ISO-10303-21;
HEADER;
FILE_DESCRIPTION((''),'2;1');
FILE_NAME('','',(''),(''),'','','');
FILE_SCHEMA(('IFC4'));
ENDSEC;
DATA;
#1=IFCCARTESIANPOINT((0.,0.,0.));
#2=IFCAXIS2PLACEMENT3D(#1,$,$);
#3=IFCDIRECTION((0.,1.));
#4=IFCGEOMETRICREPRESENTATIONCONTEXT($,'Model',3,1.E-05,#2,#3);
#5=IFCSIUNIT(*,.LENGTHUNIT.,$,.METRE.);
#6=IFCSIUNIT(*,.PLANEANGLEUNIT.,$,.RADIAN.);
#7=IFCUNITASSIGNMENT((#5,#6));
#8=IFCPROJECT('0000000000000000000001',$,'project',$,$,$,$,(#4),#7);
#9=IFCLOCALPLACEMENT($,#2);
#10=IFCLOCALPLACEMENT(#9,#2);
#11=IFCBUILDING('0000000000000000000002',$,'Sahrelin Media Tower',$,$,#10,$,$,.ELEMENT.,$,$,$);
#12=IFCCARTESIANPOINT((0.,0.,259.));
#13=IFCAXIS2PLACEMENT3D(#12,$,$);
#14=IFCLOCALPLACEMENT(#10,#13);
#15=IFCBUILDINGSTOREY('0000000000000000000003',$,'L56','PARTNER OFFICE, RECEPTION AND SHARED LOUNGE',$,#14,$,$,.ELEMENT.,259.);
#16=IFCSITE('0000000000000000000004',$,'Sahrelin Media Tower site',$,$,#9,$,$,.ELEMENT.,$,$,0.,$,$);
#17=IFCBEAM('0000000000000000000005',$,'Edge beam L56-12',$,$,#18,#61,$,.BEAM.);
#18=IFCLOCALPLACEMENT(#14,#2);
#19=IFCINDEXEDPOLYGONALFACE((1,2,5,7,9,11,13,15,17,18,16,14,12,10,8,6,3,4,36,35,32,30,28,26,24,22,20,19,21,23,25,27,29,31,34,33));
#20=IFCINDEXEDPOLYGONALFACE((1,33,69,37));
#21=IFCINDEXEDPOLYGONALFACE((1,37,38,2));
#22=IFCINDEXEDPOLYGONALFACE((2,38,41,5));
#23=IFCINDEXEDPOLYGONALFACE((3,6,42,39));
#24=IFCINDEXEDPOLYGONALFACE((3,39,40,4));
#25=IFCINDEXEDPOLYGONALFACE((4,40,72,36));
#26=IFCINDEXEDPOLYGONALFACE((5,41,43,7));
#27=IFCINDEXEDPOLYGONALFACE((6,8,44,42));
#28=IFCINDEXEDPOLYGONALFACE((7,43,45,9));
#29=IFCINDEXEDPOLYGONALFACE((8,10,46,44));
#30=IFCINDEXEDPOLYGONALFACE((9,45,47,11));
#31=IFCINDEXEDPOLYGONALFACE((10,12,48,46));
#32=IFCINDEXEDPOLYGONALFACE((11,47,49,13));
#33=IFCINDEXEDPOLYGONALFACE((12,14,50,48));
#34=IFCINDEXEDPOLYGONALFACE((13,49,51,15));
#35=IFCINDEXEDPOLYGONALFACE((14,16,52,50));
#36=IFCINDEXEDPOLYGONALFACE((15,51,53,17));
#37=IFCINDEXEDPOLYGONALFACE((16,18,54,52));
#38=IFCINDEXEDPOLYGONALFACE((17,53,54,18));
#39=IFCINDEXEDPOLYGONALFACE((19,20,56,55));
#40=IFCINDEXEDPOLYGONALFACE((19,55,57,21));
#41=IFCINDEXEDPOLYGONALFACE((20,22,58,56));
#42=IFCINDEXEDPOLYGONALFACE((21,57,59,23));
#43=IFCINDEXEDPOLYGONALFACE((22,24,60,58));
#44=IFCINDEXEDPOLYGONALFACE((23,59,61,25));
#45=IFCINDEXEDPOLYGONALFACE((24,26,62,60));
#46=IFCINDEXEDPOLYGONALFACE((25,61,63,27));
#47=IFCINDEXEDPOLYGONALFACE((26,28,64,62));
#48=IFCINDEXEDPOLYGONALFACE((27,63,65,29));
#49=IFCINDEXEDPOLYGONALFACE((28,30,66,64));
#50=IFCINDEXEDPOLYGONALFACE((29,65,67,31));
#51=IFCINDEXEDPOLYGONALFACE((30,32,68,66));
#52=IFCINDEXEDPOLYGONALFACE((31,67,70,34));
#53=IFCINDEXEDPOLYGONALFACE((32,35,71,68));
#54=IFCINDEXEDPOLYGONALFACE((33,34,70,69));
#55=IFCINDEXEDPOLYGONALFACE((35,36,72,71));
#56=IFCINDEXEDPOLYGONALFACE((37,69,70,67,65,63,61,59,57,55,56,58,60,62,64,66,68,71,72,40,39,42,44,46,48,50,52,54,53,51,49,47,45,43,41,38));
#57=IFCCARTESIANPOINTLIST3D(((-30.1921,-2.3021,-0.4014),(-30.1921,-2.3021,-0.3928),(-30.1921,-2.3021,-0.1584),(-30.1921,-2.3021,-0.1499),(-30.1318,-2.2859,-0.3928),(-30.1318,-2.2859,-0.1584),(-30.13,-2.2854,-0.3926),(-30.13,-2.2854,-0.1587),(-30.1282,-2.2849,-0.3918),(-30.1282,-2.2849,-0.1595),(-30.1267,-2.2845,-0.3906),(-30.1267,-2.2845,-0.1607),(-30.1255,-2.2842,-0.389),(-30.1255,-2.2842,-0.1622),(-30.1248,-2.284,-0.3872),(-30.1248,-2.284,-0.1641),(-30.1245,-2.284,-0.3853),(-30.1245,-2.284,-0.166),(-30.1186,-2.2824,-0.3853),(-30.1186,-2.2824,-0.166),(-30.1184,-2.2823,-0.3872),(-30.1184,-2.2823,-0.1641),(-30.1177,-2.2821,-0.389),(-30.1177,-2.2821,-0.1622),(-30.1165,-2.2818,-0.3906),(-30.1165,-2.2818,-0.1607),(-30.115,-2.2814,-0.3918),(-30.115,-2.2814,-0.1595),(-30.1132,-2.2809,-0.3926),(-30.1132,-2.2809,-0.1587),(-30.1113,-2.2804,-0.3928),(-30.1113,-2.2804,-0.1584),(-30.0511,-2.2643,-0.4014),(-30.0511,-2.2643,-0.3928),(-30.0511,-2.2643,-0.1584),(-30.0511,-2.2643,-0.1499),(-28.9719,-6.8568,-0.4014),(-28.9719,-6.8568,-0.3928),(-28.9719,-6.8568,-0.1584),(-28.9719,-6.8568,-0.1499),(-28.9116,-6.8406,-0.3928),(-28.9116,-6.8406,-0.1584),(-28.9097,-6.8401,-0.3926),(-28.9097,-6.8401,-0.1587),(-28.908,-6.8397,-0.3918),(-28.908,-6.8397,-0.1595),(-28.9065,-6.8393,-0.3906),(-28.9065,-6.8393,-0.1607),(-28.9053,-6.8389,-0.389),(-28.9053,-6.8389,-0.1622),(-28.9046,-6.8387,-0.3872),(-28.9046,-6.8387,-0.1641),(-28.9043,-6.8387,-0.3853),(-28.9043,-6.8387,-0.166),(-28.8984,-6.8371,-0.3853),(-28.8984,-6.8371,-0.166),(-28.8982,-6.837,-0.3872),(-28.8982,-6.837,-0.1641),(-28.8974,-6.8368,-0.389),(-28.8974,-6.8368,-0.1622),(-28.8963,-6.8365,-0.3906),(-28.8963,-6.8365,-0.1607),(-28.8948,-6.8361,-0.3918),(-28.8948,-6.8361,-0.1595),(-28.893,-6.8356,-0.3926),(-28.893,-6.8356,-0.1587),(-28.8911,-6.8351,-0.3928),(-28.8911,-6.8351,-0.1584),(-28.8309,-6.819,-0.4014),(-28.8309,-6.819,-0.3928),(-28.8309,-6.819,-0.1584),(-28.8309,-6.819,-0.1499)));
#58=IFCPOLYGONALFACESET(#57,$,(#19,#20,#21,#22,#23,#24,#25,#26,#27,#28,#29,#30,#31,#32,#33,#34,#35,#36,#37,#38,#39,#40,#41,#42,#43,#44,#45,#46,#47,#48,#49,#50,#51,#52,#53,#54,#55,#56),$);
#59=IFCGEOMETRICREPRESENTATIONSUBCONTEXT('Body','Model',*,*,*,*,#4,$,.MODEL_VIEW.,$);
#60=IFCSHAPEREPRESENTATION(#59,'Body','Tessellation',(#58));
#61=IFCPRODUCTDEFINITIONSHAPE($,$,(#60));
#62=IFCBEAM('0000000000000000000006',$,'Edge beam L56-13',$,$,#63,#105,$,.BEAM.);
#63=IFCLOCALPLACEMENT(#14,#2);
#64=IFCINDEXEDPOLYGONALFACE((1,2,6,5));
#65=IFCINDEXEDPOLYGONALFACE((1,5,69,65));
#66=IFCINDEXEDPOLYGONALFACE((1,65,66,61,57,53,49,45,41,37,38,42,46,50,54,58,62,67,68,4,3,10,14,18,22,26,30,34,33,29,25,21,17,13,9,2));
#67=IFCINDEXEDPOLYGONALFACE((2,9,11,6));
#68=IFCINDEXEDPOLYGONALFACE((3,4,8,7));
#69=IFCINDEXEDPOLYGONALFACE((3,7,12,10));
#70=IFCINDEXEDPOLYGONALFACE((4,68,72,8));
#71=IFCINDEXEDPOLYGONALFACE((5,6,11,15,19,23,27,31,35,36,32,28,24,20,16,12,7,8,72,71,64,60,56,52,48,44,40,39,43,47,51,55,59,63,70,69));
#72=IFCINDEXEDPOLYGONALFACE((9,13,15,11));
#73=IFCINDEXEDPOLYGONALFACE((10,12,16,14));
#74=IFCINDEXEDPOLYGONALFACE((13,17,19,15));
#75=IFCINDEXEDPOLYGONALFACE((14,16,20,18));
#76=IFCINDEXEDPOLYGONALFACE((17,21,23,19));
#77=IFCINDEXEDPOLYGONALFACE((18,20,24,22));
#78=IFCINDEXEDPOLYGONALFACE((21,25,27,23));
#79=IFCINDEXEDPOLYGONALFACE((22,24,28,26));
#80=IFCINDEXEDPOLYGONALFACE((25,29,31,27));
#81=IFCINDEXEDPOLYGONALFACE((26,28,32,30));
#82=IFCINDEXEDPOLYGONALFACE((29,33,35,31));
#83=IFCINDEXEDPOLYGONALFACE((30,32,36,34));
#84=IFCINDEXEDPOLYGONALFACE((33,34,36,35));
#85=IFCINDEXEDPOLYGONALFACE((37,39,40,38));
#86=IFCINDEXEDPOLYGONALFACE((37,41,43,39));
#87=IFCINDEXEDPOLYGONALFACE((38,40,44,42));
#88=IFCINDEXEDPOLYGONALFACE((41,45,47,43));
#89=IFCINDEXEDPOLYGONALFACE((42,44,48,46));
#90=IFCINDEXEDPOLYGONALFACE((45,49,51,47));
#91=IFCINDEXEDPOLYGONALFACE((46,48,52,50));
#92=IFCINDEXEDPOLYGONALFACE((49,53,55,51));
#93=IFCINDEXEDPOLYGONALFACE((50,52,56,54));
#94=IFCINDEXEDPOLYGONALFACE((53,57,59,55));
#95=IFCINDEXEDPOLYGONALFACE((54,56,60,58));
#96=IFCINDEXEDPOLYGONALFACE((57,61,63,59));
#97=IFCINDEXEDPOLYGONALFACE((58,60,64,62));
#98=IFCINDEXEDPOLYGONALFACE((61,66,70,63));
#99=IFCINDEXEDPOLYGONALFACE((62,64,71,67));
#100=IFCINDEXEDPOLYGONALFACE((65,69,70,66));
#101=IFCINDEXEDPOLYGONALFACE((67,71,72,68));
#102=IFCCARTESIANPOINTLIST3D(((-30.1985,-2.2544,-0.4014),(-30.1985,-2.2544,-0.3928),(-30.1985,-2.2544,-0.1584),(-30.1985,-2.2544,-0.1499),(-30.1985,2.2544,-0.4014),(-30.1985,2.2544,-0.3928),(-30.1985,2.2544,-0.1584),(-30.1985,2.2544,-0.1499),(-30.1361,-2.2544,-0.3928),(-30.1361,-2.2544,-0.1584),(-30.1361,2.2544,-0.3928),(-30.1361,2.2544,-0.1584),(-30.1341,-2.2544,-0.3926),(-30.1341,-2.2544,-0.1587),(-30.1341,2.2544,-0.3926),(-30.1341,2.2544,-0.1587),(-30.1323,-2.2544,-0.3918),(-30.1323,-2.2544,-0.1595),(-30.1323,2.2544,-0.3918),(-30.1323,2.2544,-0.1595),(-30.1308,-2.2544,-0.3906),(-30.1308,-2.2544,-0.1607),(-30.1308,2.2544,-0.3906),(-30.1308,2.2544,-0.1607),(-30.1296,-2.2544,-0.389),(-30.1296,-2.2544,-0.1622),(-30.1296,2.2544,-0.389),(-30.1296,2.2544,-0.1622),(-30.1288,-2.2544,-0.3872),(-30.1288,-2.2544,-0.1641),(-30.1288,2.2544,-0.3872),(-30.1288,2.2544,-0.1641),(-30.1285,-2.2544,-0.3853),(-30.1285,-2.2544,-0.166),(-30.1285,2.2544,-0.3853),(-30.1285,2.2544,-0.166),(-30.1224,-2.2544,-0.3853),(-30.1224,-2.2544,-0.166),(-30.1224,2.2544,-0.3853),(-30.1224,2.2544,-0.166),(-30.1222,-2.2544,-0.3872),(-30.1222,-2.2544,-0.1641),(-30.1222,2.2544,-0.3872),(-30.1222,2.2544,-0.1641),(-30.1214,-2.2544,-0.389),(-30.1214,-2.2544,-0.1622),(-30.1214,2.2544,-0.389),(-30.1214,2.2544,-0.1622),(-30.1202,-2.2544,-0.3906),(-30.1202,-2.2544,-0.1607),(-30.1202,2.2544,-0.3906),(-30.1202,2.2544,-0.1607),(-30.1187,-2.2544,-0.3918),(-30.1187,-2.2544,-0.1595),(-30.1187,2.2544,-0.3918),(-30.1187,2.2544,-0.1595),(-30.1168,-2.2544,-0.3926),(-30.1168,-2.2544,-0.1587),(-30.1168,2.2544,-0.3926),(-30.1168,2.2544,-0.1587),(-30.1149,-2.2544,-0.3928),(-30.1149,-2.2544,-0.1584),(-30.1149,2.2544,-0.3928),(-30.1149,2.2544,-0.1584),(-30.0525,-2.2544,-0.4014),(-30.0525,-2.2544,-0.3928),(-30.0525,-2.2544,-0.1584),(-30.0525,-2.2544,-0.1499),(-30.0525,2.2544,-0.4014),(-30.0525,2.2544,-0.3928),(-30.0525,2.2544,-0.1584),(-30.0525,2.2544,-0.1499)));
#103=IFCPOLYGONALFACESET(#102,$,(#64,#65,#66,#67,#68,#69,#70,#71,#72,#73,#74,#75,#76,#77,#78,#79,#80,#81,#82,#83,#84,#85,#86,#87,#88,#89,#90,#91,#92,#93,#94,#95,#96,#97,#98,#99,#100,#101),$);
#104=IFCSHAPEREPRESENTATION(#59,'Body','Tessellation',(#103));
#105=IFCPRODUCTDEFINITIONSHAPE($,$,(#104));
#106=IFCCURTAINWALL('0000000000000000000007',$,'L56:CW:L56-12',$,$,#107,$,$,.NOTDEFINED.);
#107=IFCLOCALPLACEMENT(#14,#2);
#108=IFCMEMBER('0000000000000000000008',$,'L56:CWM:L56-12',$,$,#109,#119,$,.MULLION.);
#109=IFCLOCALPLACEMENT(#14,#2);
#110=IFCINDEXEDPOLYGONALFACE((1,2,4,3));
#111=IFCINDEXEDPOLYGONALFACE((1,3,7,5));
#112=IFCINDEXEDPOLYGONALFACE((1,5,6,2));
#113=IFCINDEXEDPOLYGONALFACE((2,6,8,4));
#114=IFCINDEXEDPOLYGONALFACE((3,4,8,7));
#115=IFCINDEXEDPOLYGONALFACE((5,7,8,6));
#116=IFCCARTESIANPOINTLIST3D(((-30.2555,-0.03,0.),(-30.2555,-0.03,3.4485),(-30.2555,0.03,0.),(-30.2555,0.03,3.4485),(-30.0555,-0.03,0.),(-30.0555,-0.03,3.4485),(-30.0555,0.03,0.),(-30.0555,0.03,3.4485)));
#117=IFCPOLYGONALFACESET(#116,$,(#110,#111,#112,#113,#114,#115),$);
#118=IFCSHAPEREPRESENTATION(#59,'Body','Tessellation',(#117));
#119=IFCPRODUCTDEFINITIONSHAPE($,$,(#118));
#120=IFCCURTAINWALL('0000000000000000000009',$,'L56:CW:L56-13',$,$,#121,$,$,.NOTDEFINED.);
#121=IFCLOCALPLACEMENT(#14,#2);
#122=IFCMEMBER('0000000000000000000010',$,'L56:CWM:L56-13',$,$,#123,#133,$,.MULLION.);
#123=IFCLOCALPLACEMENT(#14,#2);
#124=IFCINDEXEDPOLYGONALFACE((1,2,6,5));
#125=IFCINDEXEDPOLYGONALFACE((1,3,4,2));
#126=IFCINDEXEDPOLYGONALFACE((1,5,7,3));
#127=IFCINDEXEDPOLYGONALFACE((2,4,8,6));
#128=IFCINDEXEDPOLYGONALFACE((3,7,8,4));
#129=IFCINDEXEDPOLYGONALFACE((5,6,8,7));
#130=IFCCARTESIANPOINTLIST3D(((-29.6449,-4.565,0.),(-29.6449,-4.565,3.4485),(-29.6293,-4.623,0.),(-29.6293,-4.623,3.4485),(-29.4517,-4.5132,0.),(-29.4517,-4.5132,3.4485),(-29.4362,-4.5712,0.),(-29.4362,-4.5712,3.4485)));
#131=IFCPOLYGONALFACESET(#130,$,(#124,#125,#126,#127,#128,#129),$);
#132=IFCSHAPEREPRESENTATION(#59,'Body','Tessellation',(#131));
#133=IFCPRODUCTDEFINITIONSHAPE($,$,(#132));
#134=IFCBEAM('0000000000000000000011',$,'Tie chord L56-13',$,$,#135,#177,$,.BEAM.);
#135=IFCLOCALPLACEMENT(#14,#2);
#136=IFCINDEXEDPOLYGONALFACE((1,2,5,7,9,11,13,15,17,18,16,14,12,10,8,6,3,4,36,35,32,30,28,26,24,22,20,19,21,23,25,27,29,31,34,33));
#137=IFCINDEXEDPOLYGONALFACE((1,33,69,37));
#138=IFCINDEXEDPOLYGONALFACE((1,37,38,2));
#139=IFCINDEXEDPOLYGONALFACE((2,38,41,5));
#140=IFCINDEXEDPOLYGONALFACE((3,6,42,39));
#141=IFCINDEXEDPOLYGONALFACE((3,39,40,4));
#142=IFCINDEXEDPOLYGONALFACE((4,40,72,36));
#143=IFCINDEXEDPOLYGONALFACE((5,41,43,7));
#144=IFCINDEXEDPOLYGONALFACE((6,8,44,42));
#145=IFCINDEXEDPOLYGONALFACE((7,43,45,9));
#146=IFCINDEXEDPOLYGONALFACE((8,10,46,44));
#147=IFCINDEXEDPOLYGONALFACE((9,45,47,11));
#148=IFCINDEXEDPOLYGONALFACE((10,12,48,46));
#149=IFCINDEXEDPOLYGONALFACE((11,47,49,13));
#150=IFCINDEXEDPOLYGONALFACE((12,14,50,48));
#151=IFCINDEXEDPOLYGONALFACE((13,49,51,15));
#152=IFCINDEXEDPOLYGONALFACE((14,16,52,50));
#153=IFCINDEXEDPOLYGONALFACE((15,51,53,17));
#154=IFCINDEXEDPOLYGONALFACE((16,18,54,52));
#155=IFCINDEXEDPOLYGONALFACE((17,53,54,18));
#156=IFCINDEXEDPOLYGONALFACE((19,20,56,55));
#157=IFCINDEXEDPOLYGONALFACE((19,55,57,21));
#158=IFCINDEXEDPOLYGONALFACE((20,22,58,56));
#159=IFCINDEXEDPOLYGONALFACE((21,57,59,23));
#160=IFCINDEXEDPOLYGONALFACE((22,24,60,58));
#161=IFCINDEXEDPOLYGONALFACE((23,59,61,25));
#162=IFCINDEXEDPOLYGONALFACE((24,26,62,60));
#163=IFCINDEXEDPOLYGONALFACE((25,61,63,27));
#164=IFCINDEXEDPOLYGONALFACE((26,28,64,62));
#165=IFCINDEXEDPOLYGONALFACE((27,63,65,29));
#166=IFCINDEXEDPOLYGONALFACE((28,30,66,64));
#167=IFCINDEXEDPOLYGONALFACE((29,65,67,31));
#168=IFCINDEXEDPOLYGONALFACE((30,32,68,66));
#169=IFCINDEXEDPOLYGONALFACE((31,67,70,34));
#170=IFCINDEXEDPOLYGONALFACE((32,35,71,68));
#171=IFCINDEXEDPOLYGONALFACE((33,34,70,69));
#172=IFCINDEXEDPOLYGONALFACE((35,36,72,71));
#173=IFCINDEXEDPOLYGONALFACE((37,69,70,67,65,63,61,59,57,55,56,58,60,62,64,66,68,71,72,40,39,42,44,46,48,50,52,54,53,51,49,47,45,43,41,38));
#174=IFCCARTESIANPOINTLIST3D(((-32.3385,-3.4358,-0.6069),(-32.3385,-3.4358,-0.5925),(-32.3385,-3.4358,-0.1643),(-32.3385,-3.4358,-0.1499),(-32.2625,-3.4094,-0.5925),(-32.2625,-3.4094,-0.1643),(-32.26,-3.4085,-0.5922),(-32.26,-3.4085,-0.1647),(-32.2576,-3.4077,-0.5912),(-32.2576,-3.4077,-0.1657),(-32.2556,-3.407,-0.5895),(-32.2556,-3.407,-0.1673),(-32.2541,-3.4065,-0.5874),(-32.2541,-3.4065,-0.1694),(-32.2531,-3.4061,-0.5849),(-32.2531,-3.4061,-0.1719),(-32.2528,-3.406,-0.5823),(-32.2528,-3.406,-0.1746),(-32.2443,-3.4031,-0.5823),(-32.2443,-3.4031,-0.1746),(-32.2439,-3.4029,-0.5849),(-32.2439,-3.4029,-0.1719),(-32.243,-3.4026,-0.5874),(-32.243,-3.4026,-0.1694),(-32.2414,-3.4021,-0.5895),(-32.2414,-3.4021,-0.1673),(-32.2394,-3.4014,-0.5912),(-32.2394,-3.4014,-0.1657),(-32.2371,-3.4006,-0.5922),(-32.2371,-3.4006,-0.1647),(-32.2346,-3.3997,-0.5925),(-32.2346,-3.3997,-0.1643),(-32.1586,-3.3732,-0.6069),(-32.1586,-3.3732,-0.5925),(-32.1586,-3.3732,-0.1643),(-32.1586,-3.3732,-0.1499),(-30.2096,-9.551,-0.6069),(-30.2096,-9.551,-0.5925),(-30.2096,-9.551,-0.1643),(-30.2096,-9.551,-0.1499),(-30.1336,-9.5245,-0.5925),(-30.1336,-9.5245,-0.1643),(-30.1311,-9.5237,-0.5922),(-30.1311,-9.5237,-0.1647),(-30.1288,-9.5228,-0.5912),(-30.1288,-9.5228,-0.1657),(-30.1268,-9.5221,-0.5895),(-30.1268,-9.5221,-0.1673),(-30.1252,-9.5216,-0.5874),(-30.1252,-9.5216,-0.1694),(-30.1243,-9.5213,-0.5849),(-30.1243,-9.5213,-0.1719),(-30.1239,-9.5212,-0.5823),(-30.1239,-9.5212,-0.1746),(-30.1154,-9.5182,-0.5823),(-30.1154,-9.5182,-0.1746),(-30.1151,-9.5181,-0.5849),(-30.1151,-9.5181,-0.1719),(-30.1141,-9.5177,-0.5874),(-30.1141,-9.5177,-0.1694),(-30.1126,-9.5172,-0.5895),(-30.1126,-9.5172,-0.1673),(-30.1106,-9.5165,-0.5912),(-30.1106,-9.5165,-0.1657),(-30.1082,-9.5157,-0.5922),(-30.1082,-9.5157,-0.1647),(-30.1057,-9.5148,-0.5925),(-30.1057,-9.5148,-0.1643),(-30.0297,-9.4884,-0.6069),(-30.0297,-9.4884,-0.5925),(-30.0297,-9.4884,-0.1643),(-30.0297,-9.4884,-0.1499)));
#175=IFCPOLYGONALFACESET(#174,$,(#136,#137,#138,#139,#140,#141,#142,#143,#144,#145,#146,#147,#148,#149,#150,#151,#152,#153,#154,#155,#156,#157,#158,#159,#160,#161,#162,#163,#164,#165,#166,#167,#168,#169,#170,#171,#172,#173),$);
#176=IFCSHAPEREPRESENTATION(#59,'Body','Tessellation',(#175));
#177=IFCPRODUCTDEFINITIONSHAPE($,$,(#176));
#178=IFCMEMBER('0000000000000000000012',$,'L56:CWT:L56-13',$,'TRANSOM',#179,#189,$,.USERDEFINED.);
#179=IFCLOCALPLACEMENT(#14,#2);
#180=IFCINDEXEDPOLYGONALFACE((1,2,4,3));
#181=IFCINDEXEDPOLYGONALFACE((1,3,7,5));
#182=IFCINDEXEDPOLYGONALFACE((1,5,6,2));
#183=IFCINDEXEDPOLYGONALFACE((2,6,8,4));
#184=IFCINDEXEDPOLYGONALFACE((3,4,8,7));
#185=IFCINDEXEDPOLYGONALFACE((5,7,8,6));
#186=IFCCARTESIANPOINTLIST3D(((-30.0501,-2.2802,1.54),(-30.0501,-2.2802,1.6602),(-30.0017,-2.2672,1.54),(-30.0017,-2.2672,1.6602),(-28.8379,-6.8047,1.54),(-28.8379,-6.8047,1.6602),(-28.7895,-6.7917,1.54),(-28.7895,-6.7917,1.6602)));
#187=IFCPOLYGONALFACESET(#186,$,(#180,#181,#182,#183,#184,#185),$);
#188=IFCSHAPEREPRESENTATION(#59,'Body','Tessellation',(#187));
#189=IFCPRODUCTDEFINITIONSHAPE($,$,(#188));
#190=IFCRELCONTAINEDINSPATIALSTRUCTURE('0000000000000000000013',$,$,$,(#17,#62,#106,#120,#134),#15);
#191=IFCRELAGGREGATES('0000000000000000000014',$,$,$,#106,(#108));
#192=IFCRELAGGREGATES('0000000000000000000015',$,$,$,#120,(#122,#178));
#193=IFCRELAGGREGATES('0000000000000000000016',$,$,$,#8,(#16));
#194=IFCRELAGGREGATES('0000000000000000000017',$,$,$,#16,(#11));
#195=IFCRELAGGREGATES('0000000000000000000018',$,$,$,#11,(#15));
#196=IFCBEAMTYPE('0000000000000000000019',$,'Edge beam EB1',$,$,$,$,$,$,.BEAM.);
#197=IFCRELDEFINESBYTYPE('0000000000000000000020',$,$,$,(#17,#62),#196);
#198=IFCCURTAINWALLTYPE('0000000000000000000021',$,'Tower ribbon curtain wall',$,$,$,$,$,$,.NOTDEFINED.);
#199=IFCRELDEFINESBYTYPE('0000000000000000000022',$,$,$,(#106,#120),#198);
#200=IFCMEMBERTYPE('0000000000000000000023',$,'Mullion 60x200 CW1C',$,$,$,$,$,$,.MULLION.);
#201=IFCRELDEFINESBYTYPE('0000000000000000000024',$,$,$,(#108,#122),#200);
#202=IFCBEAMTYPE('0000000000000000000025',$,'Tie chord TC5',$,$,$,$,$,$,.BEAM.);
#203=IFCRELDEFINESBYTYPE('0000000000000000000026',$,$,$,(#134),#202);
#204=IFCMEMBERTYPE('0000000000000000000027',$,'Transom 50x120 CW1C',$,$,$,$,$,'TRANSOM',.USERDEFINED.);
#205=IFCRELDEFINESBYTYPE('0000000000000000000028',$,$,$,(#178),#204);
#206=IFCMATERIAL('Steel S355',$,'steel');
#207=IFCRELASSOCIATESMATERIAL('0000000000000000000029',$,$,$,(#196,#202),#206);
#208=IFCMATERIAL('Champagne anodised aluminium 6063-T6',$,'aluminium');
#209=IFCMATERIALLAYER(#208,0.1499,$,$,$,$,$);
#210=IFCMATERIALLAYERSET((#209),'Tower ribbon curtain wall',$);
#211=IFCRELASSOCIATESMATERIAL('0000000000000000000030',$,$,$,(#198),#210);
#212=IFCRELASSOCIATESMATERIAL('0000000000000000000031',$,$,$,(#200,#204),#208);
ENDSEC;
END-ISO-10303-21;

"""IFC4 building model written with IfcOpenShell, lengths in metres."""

from ifc_helpers import new_model, si_unit, direction, frame, origin, origin_2d, place, context, subcontext, project, spatial, rectangle, i_section, extrude, material, layer, layer_set, material_profile, profile_set, type_object, element, aggregate, save


model = new_model("IFC4")

# Units and contexts
model_context = context("Model", 3, precision=1e-05, world=origin(), true_north=direction((0.0, 1.0)))
body_context = subcontext(model_context, "Body", "Model", "MODEL_VIEW")
ifc_project = project(units=[si_unit("LENGTHUNIT", "METRE"), si_unit("PLANEANGLEUNIT", "RADIAN")], contexts=[model_context])

# Site, building, storey
site_placement = place(None, origin())
site = spatial("IfcSite", under=ifc_project, at=site_placement, Name="Sahrelin Media Tower site", CompositionType="ELEMENT", RefElevation=0.0)
building_placement = place(site_placement, origin())
building = spatial("IfcBuilding", under=site, at=building_placement, Name="Sahrelin Media Tower", CompositionType="ELEMENT")
storey_placement = place(building_placement, frame((0.0, 0.0, 259.0)))
storey = spatial("IfcBuildingStorey", under=building, at=storey_placement, Name="L56", Description="PARTNER OFFICE, RECEPTION AND SHARED LOUNGE", CompositionType="ELEMENT", Elevation=259.0)

# Beams
ifc_material_1 = material(Name="Steel S355", Category="steel")
ifc_material_profile_1 = material_profile(ifc_material_1, i_section(OverallWidth=0.146, OverallDepth=0.2515, WebThickness=0.0061, FlangeThickness=0.0085, FilletRadius=0.0076, at=origin_2d()), Name="UB 254x146x31")
ifc_profile_set_1 = profile_set([ifc_material_profile_1], Name="Steel S355")
beam_type_1 = type_object("IfcBeamType", Name="Edge beam EB1", PredefinedType="BEAM", material=ifc_profile_set_1)
beam_1_placement = place(storey_placement, frame((-28.9014, -6.8379, -0.2756), z_axis=(-0.258777, 0.965937, 0.0), x_axis=(-0.965937, -0.258777, 0.0)))
element("IfcBeam", 1, at=beam_1_placement, inside=storey, type_object=beam_type_1, Name="Edge beam L56-12", PredefinedType="BEAM", context=body_context, shape_type="SweptSolid", body=[
    extrude(i_section(OverallWidth=0.146, OverallDepth=0.2515, WebThickness=0.0061, FlangeThickness=0.0085, FilletRadius=0.0076, at=origin_2d()), origin(), (0.0, 0.0, 1.0), 4.7153),
])
beam_2_placement = place(storey_placement, frame((-30.1255, -2.2544, -0.2756), z_axis=(0.0, 1.0, 0.0), x_axis=(-1.0, 0.0, 0.0)))
element("IfcBeam", 2, at=beam_2_placement, inside=storey, type_object=beam_type_1, Name="Edge beam L56-13", PredefinedType="BEAM", context=body_context, shape_type="SweptSolid", body=[
    extrude(i_section(OverallWidth=0.146, OverallDepth=0.2515, WebThickness=0.0061, FlangeThickness=0.0085, FilletRadius=0.0076, at=origin_2d()), origin(), (0.0, 0.0, 1.0), 4.5088),
])

# Curtain walls, members
ifc_material_2 = material(Name="Champagne anodised aluminium 6063-T6", Category="aluminium")
ifc_layer_1 = layer(ifc_material_2, 0.1499)
ifc_layer_set_1 = layer_set([ifc_layer_1], Name="Tower ribbon curtain wall")
curtain_wall_type = type_object("IfcCurtainWallType", Name="Tower ribbon curtain wall", PredefinedType="NOTDEFINED", material=ifc_layer_set_1)
curtain_wall_1_placement = place(storey_placement, frame((-30.2754, 0.0, 0.0), z_axis=(0.0, 0.0, 1.0), x_axis=(1.0, 0.0, 0.0)))
curtain_wall_1 = element("IfcCurtainWall", 3, at=curtain_wall_1_placement, inside=storey, type_object=curtain_wall_type, Name="L56:CW:L56-12", PredefinedType="NOTDEFINED")
ifc_material_profile_2 = material_profile(ifc_material_2, rectangle(XDim=0.0601, YDim=0.2, at=origin_2d()), Name="Mullion 60x200")
ifc_profile_set_2 = profile_set([ifc_material_profile_2], Name="Champagne anodised aluminium 6063-T6")
member_type_1 = type_object("IfcMemberType", Name="Mullion 60x200 CW1C", PredefinedType="MULLION", material=ifc_profile_set_2)
member_1_placement = place(storey_placement, frame((-30.1555, 0.0, 0.0), z_axis=(0.0, 0.0, 1.0), x_axis=(0.0, -1.0, 0.0)))
member_1 = element("IfcMember", 4, at=member_1_placement, type_object=member_type_1, Name="L56:CWM:L56-12", PredefinedType="MULLION", context=body_context, shape_type="SweptSolid", body=[
    extrude(rectangle(XDim=0.0601, YDim=0.2, at=origin_2d()), origin(), (0.0, 0.0, 1.0), 3.4485),
])
aggregate(curtain_wall_1, [member_1])
curtain_wall_2_placement = place(storey_placement, frame((-29.6565, -4.5994, 0.0), z_axis=(0.0, 0.0, 1.0), x_axis=(1.0, 0.0, 0.0)))
curtain_wall_2 = element("IfcCurtainWall", 5, at=curtain_wall_2_placement, inside=storey, type_object=curtain_wall_type, Name="L56:CW:L56-13", PredefinedType="NOTDEFINED")
member_2_placement = place(storey_placement, frame((-29.5405, -4.5681, 0.0), z_axis=(0.0, 0.0, 1.0), x_axis=(0.258806, -0.965929, 0.0)))
member_2 = element("IfcMember", 6, at=member_2_placement, type_object=member_type_1, Name="L56:CWM:L56-13", PredefinedType="MULLION", context=body_context, shape_type="SweptSolid", body=[
    extrude(rectangle(XDim=0.0601, YDim=0.2, at=origin_2d()), origin(), (0.0, 0.0, 1.0), 3.4485),
])

# Beam
ifc_material_profile_3 = material_profile(ifc_material_1, i_section(OverallWidth=0.1904, OverallDepth=0.457, WebThickness=0.009, FlangeThickness=0.0144, FilletRadius=0.0103, at=origin_2d()), Name="UB 457x191x74")
ifc_profile_set_3 = profile_set([ifc_material_profile_3], Name="Steel S355")
beam_type_2 = type_object("IfcBeamType", Name="Tie chord TC5", PredefinedType="BEAM", material=ifc_profile_set_3)
beam_3_placement = place(storey_placement, frame((-32.2485, -3.4045, -0.3784), z_axis=(0.328778, -0.944407, 0.0), x_axis=(0.944407, 0.328778, 0.0)))
element("IfcBeam", 7, at=beam_3_placement, inside=storey, type_object=beam_type_2, Name="Tie chord L56-13", PredefinedType="BEAM", context=body_context, shape_type="SweptSolid", body=[
    extrude(i_section(OverallWidth=0.1904, OverallDepth=0.457, WebThickness=0.009, FlangeThickness=0.0144, FilletRadius=0.0103, at=origin_2d()), origin(), (0.0, 0.0, 1.0), 6.4751),
])

# Member
ifc_material_profile_4 = material_profile(ifc_material_2, rectangle(XDim=0.05, YDim=0.1201, at=origin_2d()), Name="Transom 50x120")
ifc_profile_set_4 = profile_set([ifc_material_profile_4], Name="Champagne anodised aluminium 6063-T6")
member_type_2 = type_object("IfcMemberType", Name="Transom 50x120 CW1C", ElementType="TRANSOM", PredefinedType="USERDEFINED", material=ifc_profile_set_4)
member_3_placement = place(storey_placement, frame((-30.0259, -2.2737, 1.6001), z_axis=(0.258788, -0.965934, 0.0), x_axis=(0.965934, 0.258788, 0.0)))
member_3 = element("IfcMember", 8, at=member_3_placement, type_object=member_type_2, Name="L56:CWT:L56-13", ObjectType="TRANSOM", PredefinedType="USERDEFINED", context=body_context, shape_type="SweptSolid", body=[
    extrude(rectangle(XDim=0.05, YDim=0.1201, at=origin_2d()), origin(), (0.0, 0.0, 1.0), 4.6841),
])

aggregate(curtain_wall_2, [member_2, member_3])

save(model, "model.ifc")
